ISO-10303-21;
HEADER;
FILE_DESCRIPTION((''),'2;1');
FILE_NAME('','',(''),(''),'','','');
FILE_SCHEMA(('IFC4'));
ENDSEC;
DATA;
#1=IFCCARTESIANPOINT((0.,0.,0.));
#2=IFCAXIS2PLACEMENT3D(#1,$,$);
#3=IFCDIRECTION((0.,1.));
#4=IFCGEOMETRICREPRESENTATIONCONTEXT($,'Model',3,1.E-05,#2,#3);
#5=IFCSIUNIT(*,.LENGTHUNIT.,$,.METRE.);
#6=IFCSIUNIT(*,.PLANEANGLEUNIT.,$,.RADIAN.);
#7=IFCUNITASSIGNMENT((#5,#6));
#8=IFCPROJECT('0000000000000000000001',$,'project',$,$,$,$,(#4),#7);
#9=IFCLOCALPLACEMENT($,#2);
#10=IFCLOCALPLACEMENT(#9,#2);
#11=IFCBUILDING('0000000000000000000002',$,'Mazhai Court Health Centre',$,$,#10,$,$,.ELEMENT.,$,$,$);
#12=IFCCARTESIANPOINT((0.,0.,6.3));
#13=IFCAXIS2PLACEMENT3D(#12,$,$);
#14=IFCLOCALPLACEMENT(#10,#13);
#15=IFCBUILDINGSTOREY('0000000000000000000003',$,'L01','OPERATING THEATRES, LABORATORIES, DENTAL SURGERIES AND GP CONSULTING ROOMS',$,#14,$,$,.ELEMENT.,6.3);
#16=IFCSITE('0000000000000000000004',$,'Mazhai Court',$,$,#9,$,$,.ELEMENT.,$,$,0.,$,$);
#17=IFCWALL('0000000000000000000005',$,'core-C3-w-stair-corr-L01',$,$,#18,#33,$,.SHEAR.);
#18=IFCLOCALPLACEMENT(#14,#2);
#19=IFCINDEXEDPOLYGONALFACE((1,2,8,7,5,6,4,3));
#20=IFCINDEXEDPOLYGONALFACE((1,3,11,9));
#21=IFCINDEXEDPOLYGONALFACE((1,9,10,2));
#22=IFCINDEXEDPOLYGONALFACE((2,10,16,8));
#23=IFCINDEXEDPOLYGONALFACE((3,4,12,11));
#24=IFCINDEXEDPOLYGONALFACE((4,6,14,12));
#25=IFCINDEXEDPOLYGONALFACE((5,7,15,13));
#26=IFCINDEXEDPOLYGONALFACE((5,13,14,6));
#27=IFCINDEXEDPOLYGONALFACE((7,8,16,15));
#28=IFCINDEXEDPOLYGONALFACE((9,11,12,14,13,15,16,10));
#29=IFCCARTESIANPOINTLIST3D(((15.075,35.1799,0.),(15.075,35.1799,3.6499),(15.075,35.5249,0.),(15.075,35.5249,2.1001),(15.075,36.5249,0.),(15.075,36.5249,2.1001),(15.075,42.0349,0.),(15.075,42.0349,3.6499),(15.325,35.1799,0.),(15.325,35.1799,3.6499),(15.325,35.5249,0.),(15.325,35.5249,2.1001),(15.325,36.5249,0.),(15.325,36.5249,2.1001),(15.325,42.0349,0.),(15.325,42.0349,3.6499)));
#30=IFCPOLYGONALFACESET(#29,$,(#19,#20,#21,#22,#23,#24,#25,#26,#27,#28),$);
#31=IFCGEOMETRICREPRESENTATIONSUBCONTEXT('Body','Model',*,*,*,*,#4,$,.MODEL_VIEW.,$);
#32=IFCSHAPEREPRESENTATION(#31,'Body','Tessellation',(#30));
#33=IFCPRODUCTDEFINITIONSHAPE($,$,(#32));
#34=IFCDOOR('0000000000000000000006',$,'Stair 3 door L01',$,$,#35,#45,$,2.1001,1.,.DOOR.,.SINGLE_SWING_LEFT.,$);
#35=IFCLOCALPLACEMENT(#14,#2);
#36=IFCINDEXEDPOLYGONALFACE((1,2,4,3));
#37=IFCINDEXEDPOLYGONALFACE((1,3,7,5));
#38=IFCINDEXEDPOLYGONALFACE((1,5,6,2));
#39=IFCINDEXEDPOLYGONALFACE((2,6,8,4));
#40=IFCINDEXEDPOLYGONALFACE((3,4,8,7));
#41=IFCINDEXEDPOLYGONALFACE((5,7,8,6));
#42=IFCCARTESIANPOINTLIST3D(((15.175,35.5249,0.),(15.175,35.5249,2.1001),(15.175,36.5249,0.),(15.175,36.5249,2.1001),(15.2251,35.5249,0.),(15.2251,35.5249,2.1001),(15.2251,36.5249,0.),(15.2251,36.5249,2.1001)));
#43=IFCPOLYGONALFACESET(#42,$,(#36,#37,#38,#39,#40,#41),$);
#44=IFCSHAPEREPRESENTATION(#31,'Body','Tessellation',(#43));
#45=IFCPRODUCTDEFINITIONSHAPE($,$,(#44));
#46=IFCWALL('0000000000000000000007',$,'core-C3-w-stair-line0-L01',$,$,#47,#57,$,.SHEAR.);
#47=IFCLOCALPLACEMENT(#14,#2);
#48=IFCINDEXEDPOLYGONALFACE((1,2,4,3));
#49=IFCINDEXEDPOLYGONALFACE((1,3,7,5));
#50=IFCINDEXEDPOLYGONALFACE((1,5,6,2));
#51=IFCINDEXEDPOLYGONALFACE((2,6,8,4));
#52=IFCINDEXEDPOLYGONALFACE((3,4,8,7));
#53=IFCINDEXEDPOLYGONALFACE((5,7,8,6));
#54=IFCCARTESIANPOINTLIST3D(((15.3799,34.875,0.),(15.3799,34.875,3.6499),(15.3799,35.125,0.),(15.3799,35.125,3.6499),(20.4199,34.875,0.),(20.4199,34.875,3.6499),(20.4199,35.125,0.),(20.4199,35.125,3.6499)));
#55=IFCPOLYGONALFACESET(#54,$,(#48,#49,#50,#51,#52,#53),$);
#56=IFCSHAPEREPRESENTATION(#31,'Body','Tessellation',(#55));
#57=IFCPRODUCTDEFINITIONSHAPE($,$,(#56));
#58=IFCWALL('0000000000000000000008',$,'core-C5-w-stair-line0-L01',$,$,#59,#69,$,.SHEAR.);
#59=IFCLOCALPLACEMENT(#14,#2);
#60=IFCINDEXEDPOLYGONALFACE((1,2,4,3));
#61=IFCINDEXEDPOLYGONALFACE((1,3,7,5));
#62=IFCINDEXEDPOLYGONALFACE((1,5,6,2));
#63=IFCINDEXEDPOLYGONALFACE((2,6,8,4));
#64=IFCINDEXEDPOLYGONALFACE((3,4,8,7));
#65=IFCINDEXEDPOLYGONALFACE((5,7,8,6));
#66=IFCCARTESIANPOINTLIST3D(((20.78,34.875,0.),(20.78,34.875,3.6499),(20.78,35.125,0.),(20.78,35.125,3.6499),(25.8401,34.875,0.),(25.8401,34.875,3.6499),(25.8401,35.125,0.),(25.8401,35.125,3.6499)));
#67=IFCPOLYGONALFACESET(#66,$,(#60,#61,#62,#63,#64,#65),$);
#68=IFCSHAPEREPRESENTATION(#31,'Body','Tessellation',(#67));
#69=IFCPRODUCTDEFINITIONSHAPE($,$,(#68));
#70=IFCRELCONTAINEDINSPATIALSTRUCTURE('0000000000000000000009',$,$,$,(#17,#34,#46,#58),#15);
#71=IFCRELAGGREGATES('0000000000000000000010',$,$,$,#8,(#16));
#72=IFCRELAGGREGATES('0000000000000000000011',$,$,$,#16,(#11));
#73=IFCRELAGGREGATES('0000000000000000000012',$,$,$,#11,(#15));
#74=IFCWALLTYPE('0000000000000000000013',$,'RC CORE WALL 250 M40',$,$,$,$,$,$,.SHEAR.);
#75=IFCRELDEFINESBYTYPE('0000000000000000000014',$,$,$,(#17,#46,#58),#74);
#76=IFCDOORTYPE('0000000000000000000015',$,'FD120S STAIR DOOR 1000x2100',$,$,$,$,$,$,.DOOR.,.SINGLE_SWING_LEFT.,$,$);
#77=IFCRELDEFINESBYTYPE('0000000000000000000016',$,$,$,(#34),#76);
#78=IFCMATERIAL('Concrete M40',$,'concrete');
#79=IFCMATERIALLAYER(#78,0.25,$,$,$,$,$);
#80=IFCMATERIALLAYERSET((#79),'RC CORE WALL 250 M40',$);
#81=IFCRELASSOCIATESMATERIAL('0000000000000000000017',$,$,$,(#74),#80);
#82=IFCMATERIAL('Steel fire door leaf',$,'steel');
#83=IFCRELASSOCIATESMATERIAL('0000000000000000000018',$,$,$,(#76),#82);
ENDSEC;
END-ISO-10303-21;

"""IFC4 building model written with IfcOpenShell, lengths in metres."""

from ifc_helpers import new_model, si_unit, direction, frame, frame_2d, origin, place, context, subcontext, project, spatial, rectangle, extrude, material, layer, layer_set, type_object, element, fill, save


model = new_model("IFC4")

# Units and contexts
model_context = context("Model", 3, precision=1e-05, world=origin(), true_north=direction((0.0, 1.0)))
body_context = subcontext(model_context, "Body", "Model", "MODEL_VIEW")
ifc_project = project(units=[si_unit("LENGTHUNIT", "METRE"), si_unit("PLANEANGLEUNIT", "RADIAN")], contexts=[model_context])

# Site, building, storey
site_placement = place(None, origin())
site = spatial("IfcSite", under=ifc_project, at=site_placement, Name="Mazhai Court", CompositionType="ELEMENT", RefElevation=0.0)
building_placement = place(site_placement, origin())
building = spatial("IfcBuilding", under=site, at=building_placement, Name="Mazhai Court Health Centre", CompositionType="ELEMENT")
storey_placement = place(building_placement, frame((0.0, 0.0, 6.3)))
storey = spatial("IfcBuildingStorey", under=building, at=storey_placement, Name="L01", Description="OPERATING THEATRES, LABORATORIES, DENTAL SURGERIES AND GP CONSULTING ROOMS", CompositionType="ELEMENT", Elevation=6.3)

# Wall, opening, door
ifc_material_1 = material(Name="Concrete M40", Category="concrete")
ifc_layer_1 = layer(ifc_material_1, 0.25)
ifc_layer_set_1 = layer_set([ifc_layer_1], Name="RC CORE WALL 250 M40")
wall_type_1 = type_object("IfcWallType", Name="RC CORE WALL 250 M40", PredefinedType="SHEAR", material=ifc_layer_set_1)
wall_1_placement = place(storey_placement, frame((15.2, 35.1799, 0.0), z_axis=(0.0, 0.0, 1.0), x_axis=(0.0, 1.0, 0.0)))
wall_1 = element("IfcWall", 1, at=wall_1_placement, inside=storey, type_object=wall_type_1, Name="core-C3-w-stair-corr-L01", PredefinedType="SHEAR", context=body_context, shape_type="SweptSolid", body=[
    extrude(rectangle(XDim=6.855, YDim=0.25, at=frame_2d((3.4275, 0.0))), origin(), (0.0, 0.0, 1.0), 3.6499),
])
opening_1_placement = place(wall_1_placement, frame((0.345, 0.0, 0.0)))
opening_1 = element("IfcOpeningElement", 2, at=opening_1_placement, cuts=wall_1, PredefinedType="OPENING", context=body_context, shape_type="SweptSolid", body=[
    extrude(rectangle(XDim=1.0, YDim=2.1001, at=frame_2d((0.5, 1.05))), frame((0.0, 0.135, 0.0), z_axis=(0.0, -1.0, 0.0), x_axis=(1.0, 0.0, 0.0)), (0.0, 0.0, 1.0), 0.27),
])
ifc_material_2 = material(Name="Steel fire door leaf", Category="steel")
door_type_1 = type_object("IfcDoorType", Name="FD120S STAIR DOOR 1000x2100", OperationType="SINGLE_SWING_LEFT", PredefinedType="DOOR", material=ifc_material_2)
door_1_placement = place(opening_1_placement, origin())
door_1 = element("IfcDoor", 3, at=door_1_placement, inside=storey, type_object=door_type_1, Name="Stair 3 door L01", OperationType="SINGLE_SWING_LEFT", OverallHeight=2.1001, OverallWidth=1.0, PredefinedType="DOOR", context=body_context, shape_type="SweptSolid", body=[
    extrude(rectangle(XDim=1.0, YDim=2.1001, at=frame_2d((0.5, 1.05))), frame((0.0, 0.0249, 0.0), z_axis=(0.0, -1.0, 0.0), x_axis=(1.0, 0.0, 0.0)), (0.0, 0.0, 1.0), 0.05),
])
fill(opening_1, door_1)

# Walls
wall_2_placement = place(storey_placement, frame((15.3799, 35.0, 0.0), z_axis=(0.0, 0.0, 1.0), x_axis=(1.0, 0.0, 0.0)))
element("IfcWall", 4, at=wall_2_placement, inside=storey, type_object=wall_type_1, Name="core-C3-w-stair-line0-L01", PredefinedType="SHEAR", context=body_context, shape_type="SweptSolid", body=[
    extrude(rectangle(XDim=5.04, YDim=0.25, at=frame_2d((2.52, 0.0))), origin(), (0.0, 0.0, 1.0), 3.6499),
])
wall_3_placement = place(storey_placement, frame((20.78, 35.0, 0.0), z_axis=(0.0, 0.0, 1.0), x_axis=(1.0, 0.0, 0.0)))
element("IfcWall", 5, at=wall_3_placement, inside=storey, type_object=wall_type_1, Name="core-C5-w-stair-line0-L01", PredefinedType="SHEAR", context=body_context, shape_type="SweptSolid", body=[
    extrude(rectangle(XDim=5.0601, YDim=0.25, at=frame_2d((2.53, 0.0))), origin(), (0.0, 0.0, 1.0), 3.6499),
])

save(model, "model.ifc")
